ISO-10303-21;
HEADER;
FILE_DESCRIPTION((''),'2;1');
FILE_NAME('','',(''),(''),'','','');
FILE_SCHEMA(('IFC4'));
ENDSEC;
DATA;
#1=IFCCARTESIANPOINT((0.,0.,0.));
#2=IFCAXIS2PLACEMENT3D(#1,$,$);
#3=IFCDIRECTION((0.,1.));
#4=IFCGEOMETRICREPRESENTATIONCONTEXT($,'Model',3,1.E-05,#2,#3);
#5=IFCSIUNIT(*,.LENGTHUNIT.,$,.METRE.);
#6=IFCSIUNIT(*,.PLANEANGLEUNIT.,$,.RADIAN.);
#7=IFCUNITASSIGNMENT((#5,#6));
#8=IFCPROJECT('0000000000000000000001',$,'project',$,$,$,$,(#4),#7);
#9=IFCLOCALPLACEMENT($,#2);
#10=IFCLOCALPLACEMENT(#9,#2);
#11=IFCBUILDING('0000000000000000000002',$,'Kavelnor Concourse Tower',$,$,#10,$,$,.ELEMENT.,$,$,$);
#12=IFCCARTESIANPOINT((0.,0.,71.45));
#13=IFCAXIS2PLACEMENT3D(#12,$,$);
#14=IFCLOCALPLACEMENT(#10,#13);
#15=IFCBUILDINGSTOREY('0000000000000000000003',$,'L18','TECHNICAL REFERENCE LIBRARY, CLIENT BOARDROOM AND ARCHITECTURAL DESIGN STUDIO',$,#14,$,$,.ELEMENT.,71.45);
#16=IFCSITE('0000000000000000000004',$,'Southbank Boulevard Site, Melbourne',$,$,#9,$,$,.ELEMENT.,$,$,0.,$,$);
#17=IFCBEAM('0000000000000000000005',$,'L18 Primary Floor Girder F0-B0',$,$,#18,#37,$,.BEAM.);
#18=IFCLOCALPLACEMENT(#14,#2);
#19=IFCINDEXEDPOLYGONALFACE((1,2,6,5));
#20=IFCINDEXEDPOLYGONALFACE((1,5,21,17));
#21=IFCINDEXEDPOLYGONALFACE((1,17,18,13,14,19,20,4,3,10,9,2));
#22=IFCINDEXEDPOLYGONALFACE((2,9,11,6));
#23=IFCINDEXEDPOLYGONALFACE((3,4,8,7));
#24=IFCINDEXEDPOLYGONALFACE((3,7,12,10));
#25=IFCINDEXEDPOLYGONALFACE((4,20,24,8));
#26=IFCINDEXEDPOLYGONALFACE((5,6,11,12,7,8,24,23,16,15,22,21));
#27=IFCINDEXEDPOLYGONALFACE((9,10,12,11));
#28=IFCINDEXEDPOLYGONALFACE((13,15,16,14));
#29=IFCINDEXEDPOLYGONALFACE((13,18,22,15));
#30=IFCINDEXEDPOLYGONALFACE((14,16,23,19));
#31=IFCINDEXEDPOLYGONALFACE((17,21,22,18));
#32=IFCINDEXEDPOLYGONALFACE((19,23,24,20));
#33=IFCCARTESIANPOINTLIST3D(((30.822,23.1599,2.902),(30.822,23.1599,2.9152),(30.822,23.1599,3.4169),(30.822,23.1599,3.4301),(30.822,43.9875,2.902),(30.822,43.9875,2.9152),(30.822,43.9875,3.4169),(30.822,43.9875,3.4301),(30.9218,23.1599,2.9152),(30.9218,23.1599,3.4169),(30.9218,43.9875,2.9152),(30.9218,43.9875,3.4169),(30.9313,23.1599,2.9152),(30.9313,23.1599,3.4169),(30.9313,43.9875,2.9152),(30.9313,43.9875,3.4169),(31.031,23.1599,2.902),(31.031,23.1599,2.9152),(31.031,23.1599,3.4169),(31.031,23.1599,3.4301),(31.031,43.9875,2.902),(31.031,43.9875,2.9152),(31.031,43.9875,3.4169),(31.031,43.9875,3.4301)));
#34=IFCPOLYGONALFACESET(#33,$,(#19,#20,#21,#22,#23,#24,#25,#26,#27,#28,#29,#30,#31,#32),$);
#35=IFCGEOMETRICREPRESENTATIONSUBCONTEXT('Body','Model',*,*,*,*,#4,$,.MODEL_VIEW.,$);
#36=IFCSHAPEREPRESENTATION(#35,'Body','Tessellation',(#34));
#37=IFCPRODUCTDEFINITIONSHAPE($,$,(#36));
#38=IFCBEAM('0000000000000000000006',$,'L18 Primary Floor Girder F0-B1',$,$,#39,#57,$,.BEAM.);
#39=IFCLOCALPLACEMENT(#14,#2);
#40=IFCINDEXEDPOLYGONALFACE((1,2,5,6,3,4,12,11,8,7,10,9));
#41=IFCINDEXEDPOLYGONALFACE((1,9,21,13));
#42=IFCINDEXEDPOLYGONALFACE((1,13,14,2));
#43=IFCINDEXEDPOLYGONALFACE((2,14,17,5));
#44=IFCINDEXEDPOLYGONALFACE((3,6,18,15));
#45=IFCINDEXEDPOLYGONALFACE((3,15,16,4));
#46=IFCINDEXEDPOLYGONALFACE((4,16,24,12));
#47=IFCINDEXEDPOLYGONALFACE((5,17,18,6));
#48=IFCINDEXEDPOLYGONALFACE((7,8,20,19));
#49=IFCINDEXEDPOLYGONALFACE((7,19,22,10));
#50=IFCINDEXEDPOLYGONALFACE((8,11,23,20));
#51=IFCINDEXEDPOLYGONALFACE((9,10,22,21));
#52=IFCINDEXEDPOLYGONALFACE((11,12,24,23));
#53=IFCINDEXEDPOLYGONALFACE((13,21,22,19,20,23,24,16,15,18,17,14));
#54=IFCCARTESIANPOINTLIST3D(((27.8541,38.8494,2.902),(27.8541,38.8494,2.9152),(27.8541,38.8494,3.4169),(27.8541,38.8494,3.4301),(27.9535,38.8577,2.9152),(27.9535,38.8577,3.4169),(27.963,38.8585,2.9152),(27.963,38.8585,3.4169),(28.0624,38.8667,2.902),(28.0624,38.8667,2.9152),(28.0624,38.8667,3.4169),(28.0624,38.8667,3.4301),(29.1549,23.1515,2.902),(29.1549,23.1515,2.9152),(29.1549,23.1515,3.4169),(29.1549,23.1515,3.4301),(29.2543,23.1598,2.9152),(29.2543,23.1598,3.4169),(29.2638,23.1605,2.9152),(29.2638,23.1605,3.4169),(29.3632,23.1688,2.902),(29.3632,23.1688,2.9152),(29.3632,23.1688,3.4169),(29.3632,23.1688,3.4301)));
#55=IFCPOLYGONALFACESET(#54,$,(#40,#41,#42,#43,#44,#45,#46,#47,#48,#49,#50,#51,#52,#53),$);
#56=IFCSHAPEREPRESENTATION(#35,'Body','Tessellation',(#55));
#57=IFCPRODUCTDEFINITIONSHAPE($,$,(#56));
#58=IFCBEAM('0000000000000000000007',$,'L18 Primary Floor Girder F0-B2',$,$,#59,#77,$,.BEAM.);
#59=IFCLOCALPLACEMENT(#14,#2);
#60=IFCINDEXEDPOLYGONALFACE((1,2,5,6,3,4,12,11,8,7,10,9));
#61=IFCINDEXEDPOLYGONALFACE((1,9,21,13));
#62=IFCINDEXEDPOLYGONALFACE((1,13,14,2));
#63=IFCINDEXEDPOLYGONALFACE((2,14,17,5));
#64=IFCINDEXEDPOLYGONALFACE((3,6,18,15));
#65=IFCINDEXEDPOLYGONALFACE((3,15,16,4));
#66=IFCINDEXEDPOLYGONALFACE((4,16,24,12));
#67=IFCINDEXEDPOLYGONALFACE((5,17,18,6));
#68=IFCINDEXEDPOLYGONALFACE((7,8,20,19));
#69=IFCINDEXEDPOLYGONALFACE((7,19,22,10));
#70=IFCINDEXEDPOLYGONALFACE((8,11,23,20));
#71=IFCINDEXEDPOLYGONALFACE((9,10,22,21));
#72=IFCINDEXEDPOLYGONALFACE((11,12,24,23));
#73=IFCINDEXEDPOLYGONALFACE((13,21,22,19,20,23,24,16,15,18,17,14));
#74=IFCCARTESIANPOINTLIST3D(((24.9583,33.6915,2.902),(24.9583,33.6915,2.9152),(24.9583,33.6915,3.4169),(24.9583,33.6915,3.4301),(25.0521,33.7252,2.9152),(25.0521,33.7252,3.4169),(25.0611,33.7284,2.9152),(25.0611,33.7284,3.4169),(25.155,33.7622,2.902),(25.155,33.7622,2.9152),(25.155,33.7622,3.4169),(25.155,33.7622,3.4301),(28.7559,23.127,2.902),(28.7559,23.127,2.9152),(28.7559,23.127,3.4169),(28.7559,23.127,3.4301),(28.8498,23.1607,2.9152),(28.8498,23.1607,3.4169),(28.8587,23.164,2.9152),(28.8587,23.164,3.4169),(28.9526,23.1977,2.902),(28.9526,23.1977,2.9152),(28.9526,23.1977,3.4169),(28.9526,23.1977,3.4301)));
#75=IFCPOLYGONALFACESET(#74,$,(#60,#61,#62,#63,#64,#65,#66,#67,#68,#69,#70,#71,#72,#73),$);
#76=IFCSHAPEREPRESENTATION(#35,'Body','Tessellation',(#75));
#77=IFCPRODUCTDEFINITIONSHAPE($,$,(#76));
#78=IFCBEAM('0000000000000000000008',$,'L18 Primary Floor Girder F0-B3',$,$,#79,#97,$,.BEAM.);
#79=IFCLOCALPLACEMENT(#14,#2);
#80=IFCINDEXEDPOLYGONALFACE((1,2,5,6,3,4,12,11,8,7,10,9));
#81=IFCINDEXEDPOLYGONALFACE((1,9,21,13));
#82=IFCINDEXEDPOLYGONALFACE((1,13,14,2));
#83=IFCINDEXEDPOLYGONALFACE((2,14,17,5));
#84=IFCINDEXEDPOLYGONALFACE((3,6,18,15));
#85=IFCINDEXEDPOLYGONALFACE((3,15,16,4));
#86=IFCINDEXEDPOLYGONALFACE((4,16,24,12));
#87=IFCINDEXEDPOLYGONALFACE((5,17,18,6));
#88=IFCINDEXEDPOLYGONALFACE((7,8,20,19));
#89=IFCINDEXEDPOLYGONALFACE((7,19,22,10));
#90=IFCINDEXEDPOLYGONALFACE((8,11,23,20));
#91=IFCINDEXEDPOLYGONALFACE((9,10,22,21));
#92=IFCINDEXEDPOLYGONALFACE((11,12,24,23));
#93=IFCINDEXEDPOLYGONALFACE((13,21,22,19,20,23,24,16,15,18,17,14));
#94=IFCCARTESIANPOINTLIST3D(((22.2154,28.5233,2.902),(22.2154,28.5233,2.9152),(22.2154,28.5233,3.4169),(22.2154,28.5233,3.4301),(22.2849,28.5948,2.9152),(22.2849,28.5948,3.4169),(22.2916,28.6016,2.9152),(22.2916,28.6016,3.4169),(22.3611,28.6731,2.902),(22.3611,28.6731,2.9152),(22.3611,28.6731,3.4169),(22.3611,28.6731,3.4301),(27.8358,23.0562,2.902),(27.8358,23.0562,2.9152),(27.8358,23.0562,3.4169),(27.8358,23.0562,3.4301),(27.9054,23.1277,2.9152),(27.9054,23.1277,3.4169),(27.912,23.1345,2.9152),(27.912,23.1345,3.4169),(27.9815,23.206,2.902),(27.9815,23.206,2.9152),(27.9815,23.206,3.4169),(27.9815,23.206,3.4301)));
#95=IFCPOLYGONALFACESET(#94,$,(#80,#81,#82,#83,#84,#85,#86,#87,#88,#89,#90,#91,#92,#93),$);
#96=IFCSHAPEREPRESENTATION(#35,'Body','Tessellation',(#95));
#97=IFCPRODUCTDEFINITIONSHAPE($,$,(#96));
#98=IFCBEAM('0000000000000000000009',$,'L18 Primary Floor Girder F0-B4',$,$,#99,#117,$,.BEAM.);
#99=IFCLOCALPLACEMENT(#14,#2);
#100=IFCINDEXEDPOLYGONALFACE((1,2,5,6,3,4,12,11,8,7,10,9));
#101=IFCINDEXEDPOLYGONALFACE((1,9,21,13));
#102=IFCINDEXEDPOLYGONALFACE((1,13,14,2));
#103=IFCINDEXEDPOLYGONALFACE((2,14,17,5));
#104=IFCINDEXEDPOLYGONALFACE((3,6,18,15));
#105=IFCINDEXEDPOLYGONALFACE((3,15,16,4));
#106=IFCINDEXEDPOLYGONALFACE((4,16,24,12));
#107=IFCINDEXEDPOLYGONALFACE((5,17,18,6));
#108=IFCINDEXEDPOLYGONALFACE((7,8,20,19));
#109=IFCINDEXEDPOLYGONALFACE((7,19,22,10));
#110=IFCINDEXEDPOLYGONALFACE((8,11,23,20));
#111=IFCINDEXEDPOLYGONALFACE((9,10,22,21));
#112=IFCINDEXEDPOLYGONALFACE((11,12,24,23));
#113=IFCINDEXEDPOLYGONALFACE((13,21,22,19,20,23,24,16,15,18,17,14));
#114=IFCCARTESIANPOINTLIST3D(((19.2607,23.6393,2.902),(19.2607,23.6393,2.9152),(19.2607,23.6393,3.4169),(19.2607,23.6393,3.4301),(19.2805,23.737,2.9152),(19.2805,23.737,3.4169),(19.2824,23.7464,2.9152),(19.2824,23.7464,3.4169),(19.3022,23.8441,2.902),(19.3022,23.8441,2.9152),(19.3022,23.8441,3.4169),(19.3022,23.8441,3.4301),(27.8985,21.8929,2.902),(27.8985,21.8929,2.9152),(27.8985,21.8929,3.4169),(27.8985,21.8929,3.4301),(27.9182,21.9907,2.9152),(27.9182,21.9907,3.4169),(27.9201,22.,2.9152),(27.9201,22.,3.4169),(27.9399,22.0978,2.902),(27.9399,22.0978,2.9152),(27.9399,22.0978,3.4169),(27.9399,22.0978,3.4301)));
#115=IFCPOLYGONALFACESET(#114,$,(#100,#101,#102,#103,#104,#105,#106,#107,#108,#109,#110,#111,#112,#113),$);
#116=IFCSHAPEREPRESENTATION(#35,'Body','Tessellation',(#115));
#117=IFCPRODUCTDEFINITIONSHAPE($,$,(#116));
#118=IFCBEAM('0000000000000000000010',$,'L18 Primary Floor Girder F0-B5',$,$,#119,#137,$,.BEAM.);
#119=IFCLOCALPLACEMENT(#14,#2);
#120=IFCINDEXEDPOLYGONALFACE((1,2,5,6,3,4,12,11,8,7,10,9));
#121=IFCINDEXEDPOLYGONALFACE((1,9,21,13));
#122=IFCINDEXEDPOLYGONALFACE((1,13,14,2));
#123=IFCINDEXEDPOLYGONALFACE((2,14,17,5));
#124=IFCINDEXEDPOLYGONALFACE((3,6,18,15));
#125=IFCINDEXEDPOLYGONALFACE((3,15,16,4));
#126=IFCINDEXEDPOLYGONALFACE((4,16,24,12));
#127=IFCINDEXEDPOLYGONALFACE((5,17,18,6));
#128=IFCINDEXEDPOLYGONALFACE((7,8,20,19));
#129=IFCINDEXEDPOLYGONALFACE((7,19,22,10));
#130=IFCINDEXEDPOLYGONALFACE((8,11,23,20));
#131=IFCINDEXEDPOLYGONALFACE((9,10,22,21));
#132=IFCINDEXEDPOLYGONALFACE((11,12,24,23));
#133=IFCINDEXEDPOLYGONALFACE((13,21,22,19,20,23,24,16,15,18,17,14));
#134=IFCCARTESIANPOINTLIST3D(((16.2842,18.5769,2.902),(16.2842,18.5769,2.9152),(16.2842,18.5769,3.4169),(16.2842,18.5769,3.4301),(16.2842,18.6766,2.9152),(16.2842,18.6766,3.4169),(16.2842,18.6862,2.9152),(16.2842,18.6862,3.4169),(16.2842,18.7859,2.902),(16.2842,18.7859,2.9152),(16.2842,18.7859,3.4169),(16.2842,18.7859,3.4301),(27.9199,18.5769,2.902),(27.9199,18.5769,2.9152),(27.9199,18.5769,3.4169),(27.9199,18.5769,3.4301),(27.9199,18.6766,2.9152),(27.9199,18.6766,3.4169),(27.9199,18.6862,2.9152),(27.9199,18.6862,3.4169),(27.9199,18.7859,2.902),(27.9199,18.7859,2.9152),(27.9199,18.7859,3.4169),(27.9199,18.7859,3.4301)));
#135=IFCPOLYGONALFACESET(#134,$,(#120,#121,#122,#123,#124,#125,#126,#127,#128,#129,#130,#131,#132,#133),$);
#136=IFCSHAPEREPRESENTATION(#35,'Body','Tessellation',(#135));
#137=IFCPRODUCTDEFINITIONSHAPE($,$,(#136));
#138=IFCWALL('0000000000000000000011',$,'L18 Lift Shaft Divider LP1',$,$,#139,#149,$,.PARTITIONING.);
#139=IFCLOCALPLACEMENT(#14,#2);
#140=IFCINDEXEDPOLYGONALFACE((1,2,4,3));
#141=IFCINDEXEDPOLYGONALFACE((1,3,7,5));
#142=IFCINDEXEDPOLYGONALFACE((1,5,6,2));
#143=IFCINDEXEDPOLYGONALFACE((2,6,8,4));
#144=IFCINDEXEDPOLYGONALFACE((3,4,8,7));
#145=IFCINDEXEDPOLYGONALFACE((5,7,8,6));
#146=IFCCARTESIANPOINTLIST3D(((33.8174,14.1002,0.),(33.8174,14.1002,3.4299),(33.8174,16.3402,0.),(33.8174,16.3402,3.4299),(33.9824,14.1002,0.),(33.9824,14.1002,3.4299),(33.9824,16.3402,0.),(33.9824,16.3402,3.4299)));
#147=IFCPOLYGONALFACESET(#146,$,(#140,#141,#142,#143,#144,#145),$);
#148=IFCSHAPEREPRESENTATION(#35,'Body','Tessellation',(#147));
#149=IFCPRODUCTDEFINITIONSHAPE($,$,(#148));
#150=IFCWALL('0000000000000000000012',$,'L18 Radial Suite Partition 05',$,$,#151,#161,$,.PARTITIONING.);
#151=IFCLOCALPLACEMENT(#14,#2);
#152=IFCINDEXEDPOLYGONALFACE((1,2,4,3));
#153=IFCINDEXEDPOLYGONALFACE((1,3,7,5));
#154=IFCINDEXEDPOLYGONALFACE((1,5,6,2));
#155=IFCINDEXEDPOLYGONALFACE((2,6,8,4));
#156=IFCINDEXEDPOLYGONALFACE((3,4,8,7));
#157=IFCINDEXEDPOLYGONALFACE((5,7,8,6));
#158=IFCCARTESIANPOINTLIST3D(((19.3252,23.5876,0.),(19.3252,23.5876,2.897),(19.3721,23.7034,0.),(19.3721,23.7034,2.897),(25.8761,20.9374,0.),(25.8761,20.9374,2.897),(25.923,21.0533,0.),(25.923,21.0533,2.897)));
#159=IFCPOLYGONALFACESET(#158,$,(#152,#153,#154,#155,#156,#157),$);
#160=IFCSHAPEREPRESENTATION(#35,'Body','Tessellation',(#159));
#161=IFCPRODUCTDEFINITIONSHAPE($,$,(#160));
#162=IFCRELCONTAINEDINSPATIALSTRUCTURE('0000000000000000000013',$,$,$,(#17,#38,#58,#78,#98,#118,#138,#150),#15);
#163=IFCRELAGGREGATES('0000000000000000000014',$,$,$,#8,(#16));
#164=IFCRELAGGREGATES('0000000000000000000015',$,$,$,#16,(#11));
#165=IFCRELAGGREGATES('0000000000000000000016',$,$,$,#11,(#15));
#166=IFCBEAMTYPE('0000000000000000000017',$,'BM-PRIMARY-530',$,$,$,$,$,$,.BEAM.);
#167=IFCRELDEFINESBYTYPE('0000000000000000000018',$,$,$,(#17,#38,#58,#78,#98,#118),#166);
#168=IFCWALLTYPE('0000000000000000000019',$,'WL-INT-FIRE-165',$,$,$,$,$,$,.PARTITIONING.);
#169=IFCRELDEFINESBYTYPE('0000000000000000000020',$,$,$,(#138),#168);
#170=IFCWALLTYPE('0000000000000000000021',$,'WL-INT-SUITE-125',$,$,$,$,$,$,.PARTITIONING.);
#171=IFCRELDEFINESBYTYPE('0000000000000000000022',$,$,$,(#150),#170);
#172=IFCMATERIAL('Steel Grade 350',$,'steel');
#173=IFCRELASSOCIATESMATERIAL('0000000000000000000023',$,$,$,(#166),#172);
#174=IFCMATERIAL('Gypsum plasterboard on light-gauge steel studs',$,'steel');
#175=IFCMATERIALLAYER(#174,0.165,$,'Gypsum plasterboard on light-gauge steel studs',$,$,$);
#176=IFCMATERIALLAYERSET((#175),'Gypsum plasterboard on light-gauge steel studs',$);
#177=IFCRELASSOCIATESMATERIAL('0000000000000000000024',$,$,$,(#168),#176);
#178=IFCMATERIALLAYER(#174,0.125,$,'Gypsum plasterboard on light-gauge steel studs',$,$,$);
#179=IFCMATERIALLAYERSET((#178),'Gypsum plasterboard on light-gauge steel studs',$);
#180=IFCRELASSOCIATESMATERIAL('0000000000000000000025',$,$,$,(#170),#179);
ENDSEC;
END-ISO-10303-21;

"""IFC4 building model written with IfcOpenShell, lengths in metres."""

from ifc_helpers import new_model, si_unit, direction, frame, frame_2d, origin, origin_2d, place, context, subcontext, project, spatial, rectangle, i_section, extrude, material, layer, layer_set, material_profile, profile_set, type_object, element, save


model = new_model("IFC4")

# Units and contexts
model_context = context("Model", 3, precision=1e-05, world=origin(), true_north=direction((0.0, 1.0)))
body_context = subcontext(model_context, "Body", "Model", "MODEL_VIEW")
ifc_project = project(units=[si_unit("LENGTHUNIT", "METRE"), si_unit("PLANEANGLEUNIT", "RADIAN")], contexts=[model_context])

# Site, building, storey
site_placement = place(None, origin())
site = spatial("IfcSite", under=ifc_project, at=site_placement, Name="Southbank Boulevard Site, Melbourne", CompositionType="ELEMENT", RefElevation=0.0)
building_placement = place(site_placement, origin())
building = spatial("IfcBuilding", under=site, at=building_placement, Name="Kavelnor Concourse Tower", CompositionType="ELEMENT")
storey_placement = place(building_placement, frame((0.0, 0.0, 71.45)))
storey = spatial("IfcBuildingStorey", under=building, at=storey_placement, Name="L18", Description="TECHNICAL REFERENCE LIBRARY, CLIENT BOARDROOM AND ARCHITECTURAL DESIGN STUDIO", CompositionType="ELEMENT", Elevation=71.45)

# Beams
ifc_material_1 = material(Name="Steel Grade 350", Category="steel")
ifc_material_profile = material_profile(ifc_material_1, i_section(OverallWidth=0.209, OverallDepth=0.5281, WebThickness=0.0095, FlangeThickness=0.0132, at=origin_2d()), Name="530UB82")
ifc_profile_set = profile_set([ifc_material_profile], Name="Steel Grade 350")
beam_type = type_object("IfcBeamType", Name="BM-PRIMARY-530", PredefinedType="BEAM", material=ifc_profile_set)
beam_1_placement = place(storey_placement, frame((30.9265, 23.1599, 3.166), z_axis=(0.0, 1.0, 0.0), x_axis=(-1.0, 0.0, 0.0)))
element("IfcBeam", 1, at=beam_1_placement, inside=storey, type_object=beam_type, Name="L18 Primary Floor Girder F0-B0", PredefinedType="BEAM", context=body_context, shape_type="SweptSolid", body=[
    extrude(i_section(OverallWidth=0.209, OverallDepth=0.5281, WebThickness=0.0095, FlangeThickness=0.0132, at=origin_2d()), origin(), (0.0, 0.0, 1.0), 20.8276),
])
beam_2_placement = place(storey_placement, frame((29.259, 23.1602, 3.166), z_axis=(-0.08258, 0.996584, 0.0), x_axis=(-0.996584, -0.08258, 0.0)))
element("IfcBeam", 2, at=beam_2_placement, inside=storey, type_object=beam_type, Name="L18 Primary Floor Girder F0-B1", PredefinedType="BEAM", context=body_context, shape_type="SweptSolid", body=[
    extrude(i_section(OverallWidth=0.209, OverallDepth=0.5281, WebThickness=0.0095, FlangeThickness=0.0132, at=origin_2d()), origin(), (0.0, 0.0, 1.0), 15.7517),
])
beam_3_placement = place(storey_placement, frame((28.8542, 23.1624, 3.166), z_axis=(-0.338278, 0.941046, 0.0), x_axis=(-0.941046, -0.338278, 0.0)))
element("IfcBeam", 3, at=beam_3_placement, inside=storey, type_object=beam_type, Name="L18 Primary Floor Girder F0-B2", PredefinedType="BEAM", context=body_context, shape_type="SweptSolid", body=[
    extrude(i_section(OverallWidth=0.209, OverallDepth=0.5281, WebThickness=0.0095, FlangeThickness=0.0132, at=origin_2d()), origin(), (0.0, 0.0, 1.0), 11.2263),
])
beam_4_placement = place(storey_placement, frame((27.9087, 23.1311, 3.166), z_axis=(-0.716816, 0.697262, 0.0), x_axis=(-0.697262, -0.716816, 0.0)))
element("IfcBeam", 4, at=beam_4_placement, inside=storey, type_object=beam_type, Name="L18 Primary Floor Girder F0-B3", PredefinedType="BEAM", context=body_context, shape_type="SweptSolid", body=[
    extrude(i_section(OverallWidth=0.209, OverallDepth=0.5281, WebThickness=0.0095, FlangeThickness=0.0132, at=origin_2d()), origin(), (0.0, 0.0, 1.0), 7.8408),
])
beam_5_placement = place(storey_placement, frame((27.9192, 21.9954, 3.166), z_axis=(-0.980168, 0.198167, 0.0), x_axis=(-0.198167, -0.980168, 0.0)))
element("IfcBeam", 5, at=beam_5_placement, inside=storey, type_object=beam_type, Name="L18 Primary Floor Girder F0-B4", PredefinedType="BEAM", context=body_context, shape_type="SweptSolid", body=[
    extrude(i_section(OverallWidth=0.209, OverallDepth=0.5281, WebThickness=0.0095, FlangeThickness=0.0132, at=origin_2d()), origin(), (0.0, 0.0, 1.0), 8.8125),
])
beam_6_placement = place(storey_placement, frame((27.9199, 18.6814, 3.166), z_axis=(-1.0, 0.0, 0.0), x_axis=(0.0, -1.0, 0.0)))
element("IfcBeam", 6, at=beam_6_placement, inside=storey, type_object=beam_type, Name="L18 Primary Floor Girder F0-B5", PredefinedType="BEAM", context=body_context, shape_type="SweptSolid", body=[
    extrude(i_section(OverallWidth=0.209, OverallDepth=0.5281, WebThickness=0.0095, FlangeThickness=0.0132, at=origin_2d()), origin(), (0.0, 0.0, 1.0), 11.6357),
])

# Walls
ifc_material_2 = material(Name="Gypsum plasterboard on light-gauge steel studs", Category="steel")
ifc_layer_1 = layer(ifc_material_2, 0.165, Name="Gypsum plasterboard on light-gauge steel studs")
ifc_layer_set_1 = layer_set([ifc_layer_1], Name="Gypsum plasterboard on light-gauge steel studs")
wall_type_1 = type_object("IfcWallType", Name="WL-INT-FIRE-165", PredefinedType="PARTITIONING", material=ifc_layer_set_1)
wall_1_placement = place(storey_placement, frame((33.8999, 14.1001, 0.0), z_axis=(0.0, 0.0, 1.0), x_axis=(0.0, 1.0, 0.0)))
element("IfcWall", 7, at=wall_1_placement, inside=storey, type_object=wall_type_1, Name="L18 Lift Shaft Divider LP1", PredefinedType="PARTITIONING", context=body_context, shape_type="SweptSolid", body=[
    extrude(rectangle(XDim=2.24, YDim=0.165, at=frame_2d((1.1201, 0.0))), origin(), (0.0, 0.0, 1.0), 3.4299),
])
ifc_layer_2 = layer(ifc_material_2, 0.125, Name="Gypsum plasterboard on light-gauge steel studs")
ifc_layer_set_2 = layer_set([ifc_layer_2], Name="Gypsum plasterboard on light-gauge steel studs")
wall_type_2 = type_object("IfcWallType", Name="WL-INT-SUITE-125", PredefinedType="PARTITIONING", material=ifc_layer_set_2)
wall_2_placement = place(storey_placement, frame((25.8994, 20.9954, 0.0), z_axis=(0.0, 0.0, 1.0), x_axis=(-0.927014, 0.375027, 0.0)))
element("IfcWall", 8, at=wall_2_placement, inside=storey, type_object=wall_type_2, Name="L18 Radial Suite Partition 05", PredefinedType="PARTITIONING", context=body_context, shape_type="SweptSolid", body=[
    extrude(rectangle(XDim=7.0667, YDim=0.125, at=frame_2d((3.5332, 0.0))), origin(), (0.0, 0.0, 1.0), 2.897),
])

save(model, "model.ifc")
